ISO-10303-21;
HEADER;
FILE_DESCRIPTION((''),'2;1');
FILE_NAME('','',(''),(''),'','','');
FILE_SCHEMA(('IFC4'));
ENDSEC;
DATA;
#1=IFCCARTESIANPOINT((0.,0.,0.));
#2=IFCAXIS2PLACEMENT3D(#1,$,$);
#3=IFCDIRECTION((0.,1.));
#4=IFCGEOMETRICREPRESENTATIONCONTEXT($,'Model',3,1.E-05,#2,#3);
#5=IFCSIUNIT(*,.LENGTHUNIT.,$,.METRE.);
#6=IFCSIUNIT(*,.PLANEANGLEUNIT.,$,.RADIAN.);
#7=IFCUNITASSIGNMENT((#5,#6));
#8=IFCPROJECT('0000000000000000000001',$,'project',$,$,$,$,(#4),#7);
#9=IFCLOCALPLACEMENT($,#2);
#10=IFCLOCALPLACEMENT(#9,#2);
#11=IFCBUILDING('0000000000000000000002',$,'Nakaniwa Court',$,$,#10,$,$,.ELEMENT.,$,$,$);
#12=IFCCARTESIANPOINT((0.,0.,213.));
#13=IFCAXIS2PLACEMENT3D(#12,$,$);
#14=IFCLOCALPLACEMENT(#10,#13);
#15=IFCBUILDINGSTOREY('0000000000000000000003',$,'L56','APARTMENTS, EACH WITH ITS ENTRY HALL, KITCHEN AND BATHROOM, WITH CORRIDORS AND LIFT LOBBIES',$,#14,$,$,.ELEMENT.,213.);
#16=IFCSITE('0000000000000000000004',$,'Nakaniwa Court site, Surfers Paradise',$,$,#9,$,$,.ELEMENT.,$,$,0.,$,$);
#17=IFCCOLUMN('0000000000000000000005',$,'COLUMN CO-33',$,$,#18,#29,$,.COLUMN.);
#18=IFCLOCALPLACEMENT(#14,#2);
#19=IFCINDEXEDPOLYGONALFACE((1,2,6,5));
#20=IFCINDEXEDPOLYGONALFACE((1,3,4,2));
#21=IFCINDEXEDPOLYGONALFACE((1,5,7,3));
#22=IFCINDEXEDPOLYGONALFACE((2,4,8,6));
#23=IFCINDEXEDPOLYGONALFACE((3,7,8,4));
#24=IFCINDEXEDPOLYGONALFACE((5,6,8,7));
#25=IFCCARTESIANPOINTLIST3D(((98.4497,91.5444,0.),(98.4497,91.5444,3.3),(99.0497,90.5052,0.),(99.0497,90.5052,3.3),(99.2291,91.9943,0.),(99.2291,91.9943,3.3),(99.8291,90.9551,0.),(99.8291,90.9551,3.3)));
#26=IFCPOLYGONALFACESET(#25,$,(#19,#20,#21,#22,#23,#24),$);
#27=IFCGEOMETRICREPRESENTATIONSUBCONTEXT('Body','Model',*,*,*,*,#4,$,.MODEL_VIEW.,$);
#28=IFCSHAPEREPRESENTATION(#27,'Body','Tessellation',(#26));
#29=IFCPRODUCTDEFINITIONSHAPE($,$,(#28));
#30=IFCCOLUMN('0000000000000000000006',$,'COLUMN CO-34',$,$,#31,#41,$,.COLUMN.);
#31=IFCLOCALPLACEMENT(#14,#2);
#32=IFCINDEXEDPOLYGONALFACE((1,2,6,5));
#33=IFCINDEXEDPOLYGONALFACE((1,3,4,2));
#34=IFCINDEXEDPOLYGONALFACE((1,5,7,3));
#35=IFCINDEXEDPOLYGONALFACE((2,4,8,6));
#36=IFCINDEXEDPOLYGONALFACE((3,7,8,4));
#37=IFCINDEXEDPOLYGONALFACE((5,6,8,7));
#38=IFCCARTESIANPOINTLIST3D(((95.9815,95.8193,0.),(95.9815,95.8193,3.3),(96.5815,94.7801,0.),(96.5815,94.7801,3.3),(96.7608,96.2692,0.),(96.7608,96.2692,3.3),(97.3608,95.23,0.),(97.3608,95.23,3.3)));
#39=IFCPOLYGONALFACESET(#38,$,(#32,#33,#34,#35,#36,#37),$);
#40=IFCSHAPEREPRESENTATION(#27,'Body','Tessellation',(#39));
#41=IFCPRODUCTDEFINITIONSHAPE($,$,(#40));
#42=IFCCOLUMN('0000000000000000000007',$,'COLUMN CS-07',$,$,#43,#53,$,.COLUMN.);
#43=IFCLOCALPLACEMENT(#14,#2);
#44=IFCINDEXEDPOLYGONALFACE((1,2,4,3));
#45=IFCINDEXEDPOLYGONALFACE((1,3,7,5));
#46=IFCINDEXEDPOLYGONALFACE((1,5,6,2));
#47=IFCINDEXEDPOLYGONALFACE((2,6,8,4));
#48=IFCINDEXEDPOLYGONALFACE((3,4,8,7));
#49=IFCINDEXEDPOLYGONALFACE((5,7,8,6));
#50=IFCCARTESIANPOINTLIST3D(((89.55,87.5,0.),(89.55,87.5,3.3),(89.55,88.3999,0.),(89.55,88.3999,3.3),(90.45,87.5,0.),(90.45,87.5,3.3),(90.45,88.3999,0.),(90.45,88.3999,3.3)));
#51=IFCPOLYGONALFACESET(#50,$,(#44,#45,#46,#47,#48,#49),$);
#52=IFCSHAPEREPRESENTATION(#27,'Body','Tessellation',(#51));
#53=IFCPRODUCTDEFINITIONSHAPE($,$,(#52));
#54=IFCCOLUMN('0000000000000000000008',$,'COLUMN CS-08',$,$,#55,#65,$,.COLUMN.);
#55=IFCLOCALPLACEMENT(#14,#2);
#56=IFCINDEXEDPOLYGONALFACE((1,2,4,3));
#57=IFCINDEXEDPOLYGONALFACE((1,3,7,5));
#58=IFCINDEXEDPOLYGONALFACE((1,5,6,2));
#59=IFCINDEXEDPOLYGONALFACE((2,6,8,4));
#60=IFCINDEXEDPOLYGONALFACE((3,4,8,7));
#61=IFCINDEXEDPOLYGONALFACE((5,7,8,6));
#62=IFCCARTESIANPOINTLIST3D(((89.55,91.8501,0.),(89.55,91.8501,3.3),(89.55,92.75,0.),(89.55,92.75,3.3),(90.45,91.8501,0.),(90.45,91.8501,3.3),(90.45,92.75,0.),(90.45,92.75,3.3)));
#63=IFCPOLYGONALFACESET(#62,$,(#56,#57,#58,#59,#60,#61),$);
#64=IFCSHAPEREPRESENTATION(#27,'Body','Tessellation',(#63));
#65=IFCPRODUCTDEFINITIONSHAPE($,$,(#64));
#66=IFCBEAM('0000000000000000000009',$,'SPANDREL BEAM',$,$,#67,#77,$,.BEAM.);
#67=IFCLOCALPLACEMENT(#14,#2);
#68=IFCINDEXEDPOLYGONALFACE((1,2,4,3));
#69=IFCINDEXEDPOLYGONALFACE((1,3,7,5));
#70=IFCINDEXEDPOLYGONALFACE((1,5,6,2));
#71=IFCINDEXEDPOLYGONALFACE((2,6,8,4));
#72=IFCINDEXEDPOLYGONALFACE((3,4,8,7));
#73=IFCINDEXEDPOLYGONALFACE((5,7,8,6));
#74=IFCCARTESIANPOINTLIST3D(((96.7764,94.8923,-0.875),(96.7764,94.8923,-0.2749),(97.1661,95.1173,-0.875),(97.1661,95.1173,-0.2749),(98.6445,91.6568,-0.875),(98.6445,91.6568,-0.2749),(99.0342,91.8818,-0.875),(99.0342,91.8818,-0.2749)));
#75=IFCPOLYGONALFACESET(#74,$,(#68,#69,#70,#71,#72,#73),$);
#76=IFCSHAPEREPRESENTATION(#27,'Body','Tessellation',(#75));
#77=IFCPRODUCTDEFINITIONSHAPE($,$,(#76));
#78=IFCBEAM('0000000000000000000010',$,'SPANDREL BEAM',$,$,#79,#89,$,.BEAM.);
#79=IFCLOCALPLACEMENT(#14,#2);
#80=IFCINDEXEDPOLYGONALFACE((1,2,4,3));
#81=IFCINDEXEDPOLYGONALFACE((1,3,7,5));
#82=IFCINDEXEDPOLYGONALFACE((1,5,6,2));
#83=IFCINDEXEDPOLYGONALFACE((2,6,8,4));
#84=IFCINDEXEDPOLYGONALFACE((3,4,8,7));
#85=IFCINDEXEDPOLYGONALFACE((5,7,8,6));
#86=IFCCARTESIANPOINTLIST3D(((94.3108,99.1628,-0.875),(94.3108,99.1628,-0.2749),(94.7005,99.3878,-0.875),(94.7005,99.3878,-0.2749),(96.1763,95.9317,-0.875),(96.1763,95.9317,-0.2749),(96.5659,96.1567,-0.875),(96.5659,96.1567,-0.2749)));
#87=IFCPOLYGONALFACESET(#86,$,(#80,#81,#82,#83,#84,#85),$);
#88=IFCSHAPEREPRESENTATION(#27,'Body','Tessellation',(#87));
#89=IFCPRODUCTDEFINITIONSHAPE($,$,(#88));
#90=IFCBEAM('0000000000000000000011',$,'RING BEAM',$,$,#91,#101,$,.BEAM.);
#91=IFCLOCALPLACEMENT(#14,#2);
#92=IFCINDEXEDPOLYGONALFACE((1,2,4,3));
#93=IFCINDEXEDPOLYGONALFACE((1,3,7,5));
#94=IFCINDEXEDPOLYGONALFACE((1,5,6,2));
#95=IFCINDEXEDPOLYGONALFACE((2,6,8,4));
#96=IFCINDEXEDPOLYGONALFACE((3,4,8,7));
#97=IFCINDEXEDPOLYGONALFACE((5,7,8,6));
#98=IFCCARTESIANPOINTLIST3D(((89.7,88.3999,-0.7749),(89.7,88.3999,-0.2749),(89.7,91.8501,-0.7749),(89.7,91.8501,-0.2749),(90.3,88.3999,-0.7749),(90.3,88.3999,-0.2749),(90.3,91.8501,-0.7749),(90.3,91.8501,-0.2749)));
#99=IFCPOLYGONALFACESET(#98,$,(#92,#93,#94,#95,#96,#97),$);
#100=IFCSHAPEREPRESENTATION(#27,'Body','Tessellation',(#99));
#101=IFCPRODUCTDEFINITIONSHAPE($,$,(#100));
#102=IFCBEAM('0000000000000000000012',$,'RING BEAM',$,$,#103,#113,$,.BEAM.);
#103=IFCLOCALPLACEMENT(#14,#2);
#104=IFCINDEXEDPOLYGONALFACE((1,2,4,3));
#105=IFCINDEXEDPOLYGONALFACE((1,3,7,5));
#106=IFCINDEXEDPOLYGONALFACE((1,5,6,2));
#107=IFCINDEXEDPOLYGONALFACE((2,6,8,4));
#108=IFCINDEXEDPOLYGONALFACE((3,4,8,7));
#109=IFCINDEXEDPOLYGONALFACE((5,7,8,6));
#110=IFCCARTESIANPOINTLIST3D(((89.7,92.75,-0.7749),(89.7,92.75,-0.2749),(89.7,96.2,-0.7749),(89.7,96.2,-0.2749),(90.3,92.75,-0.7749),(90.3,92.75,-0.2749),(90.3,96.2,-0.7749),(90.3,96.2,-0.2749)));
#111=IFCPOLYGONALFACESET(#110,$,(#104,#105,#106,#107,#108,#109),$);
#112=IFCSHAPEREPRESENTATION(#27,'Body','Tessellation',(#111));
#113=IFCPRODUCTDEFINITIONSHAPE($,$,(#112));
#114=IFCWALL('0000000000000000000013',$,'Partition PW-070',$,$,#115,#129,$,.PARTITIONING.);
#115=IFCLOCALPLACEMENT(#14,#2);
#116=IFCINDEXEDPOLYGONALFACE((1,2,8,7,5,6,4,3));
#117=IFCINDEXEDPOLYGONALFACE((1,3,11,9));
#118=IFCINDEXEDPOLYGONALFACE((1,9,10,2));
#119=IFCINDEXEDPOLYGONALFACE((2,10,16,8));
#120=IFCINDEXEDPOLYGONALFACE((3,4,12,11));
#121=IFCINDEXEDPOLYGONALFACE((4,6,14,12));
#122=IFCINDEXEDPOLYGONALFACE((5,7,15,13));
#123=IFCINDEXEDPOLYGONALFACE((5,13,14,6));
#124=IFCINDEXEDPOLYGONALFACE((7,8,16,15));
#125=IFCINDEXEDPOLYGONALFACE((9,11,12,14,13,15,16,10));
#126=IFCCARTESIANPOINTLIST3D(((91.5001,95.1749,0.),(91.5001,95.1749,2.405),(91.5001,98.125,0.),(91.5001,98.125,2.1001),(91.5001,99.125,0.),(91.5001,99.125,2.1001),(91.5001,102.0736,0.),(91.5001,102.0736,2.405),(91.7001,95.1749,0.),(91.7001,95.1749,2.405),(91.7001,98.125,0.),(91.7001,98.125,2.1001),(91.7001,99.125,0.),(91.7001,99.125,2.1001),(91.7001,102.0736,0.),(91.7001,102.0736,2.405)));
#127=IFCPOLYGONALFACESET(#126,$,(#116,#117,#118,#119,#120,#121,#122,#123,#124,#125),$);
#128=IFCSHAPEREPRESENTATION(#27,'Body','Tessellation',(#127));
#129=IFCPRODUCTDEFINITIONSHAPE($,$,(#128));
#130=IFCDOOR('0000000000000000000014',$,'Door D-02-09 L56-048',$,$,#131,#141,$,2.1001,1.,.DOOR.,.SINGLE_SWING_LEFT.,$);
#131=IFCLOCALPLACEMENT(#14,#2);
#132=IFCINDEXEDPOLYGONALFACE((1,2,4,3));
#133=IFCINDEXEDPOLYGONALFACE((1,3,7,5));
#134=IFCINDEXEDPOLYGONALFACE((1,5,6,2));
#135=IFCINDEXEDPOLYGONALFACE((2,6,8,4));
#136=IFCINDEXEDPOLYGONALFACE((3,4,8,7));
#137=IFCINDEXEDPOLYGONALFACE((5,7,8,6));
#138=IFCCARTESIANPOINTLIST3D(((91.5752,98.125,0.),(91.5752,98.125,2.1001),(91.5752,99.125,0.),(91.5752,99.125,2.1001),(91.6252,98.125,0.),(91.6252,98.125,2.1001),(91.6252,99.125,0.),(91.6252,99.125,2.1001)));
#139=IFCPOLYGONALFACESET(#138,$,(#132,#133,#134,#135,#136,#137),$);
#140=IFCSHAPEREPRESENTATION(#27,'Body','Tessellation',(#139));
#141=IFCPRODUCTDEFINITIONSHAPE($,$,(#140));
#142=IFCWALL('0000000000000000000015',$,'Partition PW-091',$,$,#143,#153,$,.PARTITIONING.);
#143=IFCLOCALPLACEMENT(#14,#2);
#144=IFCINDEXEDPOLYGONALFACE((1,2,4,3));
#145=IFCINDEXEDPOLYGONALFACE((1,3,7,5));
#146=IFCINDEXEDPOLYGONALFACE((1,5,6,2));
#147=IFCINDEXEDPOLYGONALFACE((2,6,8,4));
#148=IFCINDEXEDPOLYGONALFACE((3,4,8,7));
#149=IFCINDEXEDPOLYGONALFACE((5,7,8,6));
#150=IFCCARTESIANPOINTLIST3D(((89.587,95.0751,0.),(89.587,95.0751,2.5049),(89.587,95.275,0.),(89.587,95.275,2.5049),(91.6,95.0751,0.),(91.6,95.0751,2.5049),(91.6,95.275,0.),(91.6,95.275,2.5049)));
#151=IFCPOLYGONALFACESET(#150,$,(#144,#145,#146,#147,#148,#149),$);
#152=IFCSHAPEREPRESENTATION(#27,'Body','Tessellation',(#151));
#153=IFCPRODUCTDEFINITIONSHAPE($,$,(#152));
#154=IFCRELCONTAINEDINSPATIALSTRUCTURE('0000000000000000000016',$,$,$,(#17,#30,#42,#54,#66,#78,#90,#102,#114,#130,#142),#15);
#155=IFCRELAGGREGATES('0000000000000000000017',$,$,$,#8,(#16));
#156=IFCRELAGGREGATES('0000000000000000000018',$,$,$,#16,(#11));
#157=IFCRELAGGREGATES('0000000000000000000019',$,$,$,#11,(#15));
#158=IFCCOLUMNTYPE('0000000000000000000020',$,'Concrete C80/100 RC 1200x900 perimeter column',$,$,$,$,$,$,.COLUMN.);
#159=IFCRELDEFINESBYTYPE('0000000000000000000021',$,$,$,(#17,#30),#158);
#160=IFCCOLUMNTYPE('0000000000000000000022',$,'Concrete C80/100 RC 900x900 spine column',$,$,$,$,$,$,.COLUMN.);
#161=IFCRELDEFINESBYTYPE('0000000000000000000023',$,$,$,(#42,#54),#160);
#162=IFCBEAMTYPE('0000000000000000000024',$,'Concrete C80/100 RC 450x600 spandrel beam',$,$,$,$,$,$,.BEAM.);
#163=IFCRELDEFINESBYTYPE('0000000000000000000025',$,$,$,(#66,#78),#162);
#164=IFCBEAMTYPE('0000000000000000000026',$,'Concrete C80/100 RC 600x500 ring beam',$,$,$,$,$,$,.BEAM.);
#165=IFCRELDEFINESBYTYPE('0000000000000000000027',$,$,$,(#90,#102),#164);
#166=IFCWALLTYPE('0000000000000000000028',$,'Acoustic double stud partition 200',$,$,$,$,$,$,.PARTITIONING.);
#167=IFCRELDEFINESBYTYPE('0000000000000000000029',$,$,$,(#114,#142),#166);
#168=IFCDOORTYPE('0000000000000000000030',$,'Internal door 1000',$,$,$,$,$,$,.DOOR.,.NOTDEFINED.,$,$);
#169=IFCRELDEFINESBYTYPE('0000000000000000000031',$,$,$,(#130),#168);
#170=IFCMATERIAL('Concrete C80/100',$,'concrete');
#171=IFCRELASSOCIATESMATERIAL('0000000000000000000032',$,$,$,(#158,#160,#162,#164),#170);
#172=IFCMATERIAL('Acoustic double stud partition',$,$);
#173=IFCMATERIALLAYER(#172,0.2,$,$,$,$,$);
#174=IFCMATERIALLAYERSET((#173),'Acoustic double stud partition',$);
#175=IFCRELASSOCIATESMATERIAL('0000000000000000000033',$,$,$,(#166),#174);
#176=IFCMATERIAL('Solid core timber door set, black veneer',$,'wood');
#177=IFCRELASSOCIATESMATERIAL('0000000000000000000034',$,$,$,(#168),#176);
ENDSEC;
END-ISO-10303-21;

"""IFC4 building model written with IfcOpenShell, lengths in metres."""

from ifc_helpers import new_model, si_unit, direction, frame, frame_2d, origin, origin_2d, place, context, subcontext, project, spatial, rectangle, extrude, material, layer, layer_set, material_profile, profile_set, type_object, element, fill, save


model = new_model("IFC4")

# Units and contexts
model_context = context("Model", 3, precision=1e-05, world=origin(), true_north=direction((0.0, 1.0)))
body_context = subcontext(model_context, "Body", "Model", "MODEL_VIEW")
ifc_project = project(units=[si_unit("LENGTHUNIT", "METRE"), si_unit("PLANEANGLEUNIT", "RADIAN")], contexts=[model_context])

# Site, building, storey
site_placement = place(None, origin())
site = spatial("IfcSite", under=ifc_project, at=site_placement, Name="Nakaniwa Court site, Surfers Paradise", CompositionType="ELEMENT", RefElevation=0.0)
building_placement = place(site_placement, origin())
building = spatial("IfcBuilding", under=site, at=building_placement, Name="Nakaniwa Court", CompositionType="ELEMENT")
storey_placement = place(building_placement, frame((0.0, 0.0, 213.0)))
storey = spatial("IfcBuildingStorey", under=building, at=storey_placement, Name="L56", Description="APARTMENTS, EACH WITH ITS ENTRY HALL, KITCHEN AND BATHROOM, WITH CORRIDORS AND LIFT LOBBIES", CompositionType="ELEMENT", Elevation=213.0)

# Columns
ifc_material_1 = material(Name="Concrete C80/100", Category="concrete")
ifc_material_profile_1 = material_profile(ifc_material_1, rectangle(XDim=1.2, YDim=0.8999, at=origin_2d()), Name="Concrete C80/100 RC 1200x900 perimeter column")
ifc_profile_set_1 = profile_set([ifc_material_profile_1], Name="Concrete C80/100")
column_type_1 = type_object("IfcColumnType", Name="Concrete C80/100 RC 1200x900 perimeter column", PredefinedType="COLUMN", material=ifc_profile_set_1)
for number, where, z_axis, x_axis, name in (
    (1, (99.1394, 91.2498, 0.0), (0.0, 0.0, 1.0), (-0.5, 0.866025, 0.0), "COLUMN CO-33"),
    (2, (96.6711, 95.5247, 0.0), (0.0, 0.0, 1.0), (-0.5, 0.866025, 0.0), "COLUMN CO-34"),
):
    element("IfcColumn", number, at=place(storey_placement, frame(where, z_axis=z_axis, x_axis=x_axis)), inside=storey, type_object=column_type_1, Name=name, PredefinedType="COLUMN", context=body_context, shape_type="SweptSolid", body=[
        extrude(rectangle(XDim=1.2, YDim=0.8999, at=origin_2d()), origin(), (0.0, 0.0, 1.0), 3.3),
    ])
ifc_material_profile_2 = material_profile(ifc_material_1, rectangle(XDim=0.8999, YDim=0.8999, at=origin_2d()), Name="Concrete C80/100 RC 900x900 spine column")
ifc_profile_set_2 = profile_set([ifc_material_profile_2], Name="Concrete C80/100")
column_type_2 = type_object("IfcColumnType", Name="Concrete C80/100 RC 900x900 spine column", PredefinedType="COLUMN", material=ifc_profile_set_2)
for number, where, z_axis, x_axis, name in (
    (3, (90.0, 87.95, 0.0), (0.0, 0.0, 1.0), (0.0, 1.0, 0.0), "COLUMN CS-07"),
    (4, (90.0, 92.3, 0.0), (0.0, 0.0, 1.0), (0.0, 1.0, 0.0), "COLUMN CS-08"),
):
    element("IfcColumn", number, at=place(storey_placement, frame(where, z_axis=z_axis, x_axis=x_axis)), inside=storey, type_object=column_type_2, Name=name, PredefinedType="COLUMN", context=body_context, shape_type="SweptSolid", body=[
        extrude(rectangle(XDim=0.8999, YDim=0.8999, at=origin_2d()), origin(), (0.0, 0.0, 1.0), 3.3),
    ])

# Beams
ifc_material_profile_3 = material_profile(ifc_material_1, rectangle(XDim=0.45, YDim=0.6001, at=origin_2d()), Name="Concrete C80/100 RC 450x600 spandrel beam")
ifc_profile_set_3 = profile_set([ifc_material_profile_3], Name="Concrete C80/100")
beam_type_1 = type_object("IfcBeamType", Name="Concrete C80/100 RC 450x600 spandrel beam", PredefinedType="BEAM", material=ifc_profile_set_3)
beam_1_placement = place(storey_placement, frame((98.8394, 91.7693, -0.575), z_axis=(-0.500018, 0.866015, 0.0), x_axis=(-0.866015, -0.500018, 0.0)))
element("IfcBeam", 5, at=beam_1_placement, inside=storey, type_object=beam_type_1, Name="SPANDREL BEAM", PredefinedType="BEAM", context=body_context, shape_type="SweptSolid", body=[
    extrude(rectangle(XDim=0.45, YDim=0.6001, at=origin_2d()), origin(), (0.0, 0.0, 1.0), 3.7361),
])
beam_2_placement = place(storey_placement, frame((96.3711, 96.0442, -0.575), z_axis=(-0.499989, 0.866032, 0.0), x_axis=(-0.866032, -0.499989, 0.0)))
element("IfcBeam", 6, at=beam_2_placement, inside=storey, type_object=beam_type_1, Name="SPANDREL BEAM", PredefinedType="BEAM", context=body_context, shape_type="SweptSolid", body=[
    extrude(rectangle(XDim=0.45, YDim=0.6001, at=origin_2d()), origin(), (0.0, 0.0, 1.0), 3.731),
])
ifc_material_profile_4 = material_profile(ifc_material_1, rectangle(XDim=0.6001, YDim=0.5, at=origin_2d()), Name="Concrete C80/100 RC 600x500 ring beam")
ifc_profile_set_4 = profile_set([ifc_material_profile_4], Name="Concrete C80/100")
beam_type_2 = type_object("IfcBeamType", Name="Concrete C80/100 RC 600x500 ring beam", PredefinedType="BEAM", material=ifc_profile_set_4)
beam_3_placement = place(storey_placement, frame((90.0, 88.3999, -0.5249), z_axis=(0.0, 1.0, 0.0), x_axis=(-1.0, 0.0, 0.0)))
element("IfcBeam", 7, at=beam_3_placement, inside=storey, type_object=beam_type_2, Name="RING BEAM", PredefinedType="BEAM", context=body_context, shape_type="SweptSolid", body=[
    extrude(rectangle(XDim=0.6001, YDim=0.5, at=origin_2d()), origin(), (0.0, 0.0, 1.0), 3.4502),
])
beam_4_placement = place(storey_placement, frame((90.0, 92.75, -0.5249), z_axis=(0.0, 1.0, 0.0), x_axis=(-1.0, 0.0, 0.0)))
element("IfcBeam", 8, at=beam_4_placement, inside=storey, type_object=beam_type_2, Name="RING BEAM", PredefinedType="BEAM", context=body_context, shape_type="SweptSolid", body=[
    extrude(rectangle(XDim=0.6001, YDim=0.5, at=origin_2d()), origin(), (0.0, 0.0, 1.0), 3.45),
])

# Wall, opening, door
ifc_material_2 = material(Name="Acoustic double stud partition")
ifc_layer_1 = layer(ifc_material_2, 0.2)
ifc_layer_set_1 = layer_set([ifc_layer_1], Name="Acoustic double stud partition")
wall_type_1 = type_object("IfcWallType", Name="Acoustic double stud partition 200", PredefinedType="PARTITIONING", material=ifc_layer_set_1)
wall_1_placement = place(storey_placement, frame((91.6001, 95.175, 0.0), z_axis=(0.0, 0.0, 1.0), x_axis=(0.0, 1.0, 0.0)))
wall_1 = element("IfcWall", 9, at=wall_1_placement, inside=storey, type_object=wall_type_1, Name="Partition PW-070", PredefinedType="PARTITIONING", context=body_context, shape_type="SweptSolid", body=[
    extrude(rectangle(XDim=6.8987, YDim=0.2, at=frame_2d((3.4492, 0.0))), origin(), (0.0, 0.0, 1.0), 2.405),
])
opening_1_placement = place(wall_1_placement, frame((2.95, 0.0, 0.0)))
opening_1 = element("IfcOpeningElement", 10, at=opening_1_placement, cuts=wall_1, PredefinedType="OPENING", context=body_context, shape_type="SweptSolid", body=[
    extrude(rectangle(XDim=1.0, YDim=2.1001, at=frame_2d((0.5, 1.05))), frame((0.0, 0.1099, 0.0), z_axis=(0.0, -1.0, 0.0), x_axis=(1.0, 0.0, 0.0)), (0.0, 0.0, 1.0), 0.22),
])
ifc_material_3 = material(Name="Solid core timber door set, black veneer", Category="wood")
door_type = type_object("IfcDoorType", Name="Internal door 1000", OperationType="NOTDEFINED", PredefinedType="DOOR", material=ifc_material_3)
door_placement = place(opening_1_placement, origin())
door = element("IfcDoor", 11, at=door_placement, inside=storey, type_object=door_type, Name="Door D-02-09 L56-048", OperationType="SINGLE_SWING_LEFT", OverallHeight=2.1001, OverallWidth=1.0, PredefinedType="DOOR", context=body_context, shape_type="SweptSolid", body=[
    extrude(rectangle(XDim=1.0, YDim=2.1001, at=frame_2d((0.5, 1.05))), frame((0.0, 0.0249, 0.0), z_axis=(0.0, -1.0, 0.0), x_axis=(1.0, 0.0, 0.0)), (0.0, 0.0, 1.0), 0.05),
])
fill(opening_1, door)

# Wall
wall_2_placement = place(storey_placement, frame((89.5872, 95.175, 0.0), z_axis=(0.0, 0.0, 1.0), x_axis=(1.0, 0.0, 0.0)))
element("IfcWall", 12, at=wall_2_placement, inside=storey, type_object=wall_type_1, Name="Partition PW-091", PredefinedType="PARTITIONING", context=body_context, shape_type="SweptSolid", body=[
    extrude(rectangle(XDim=2.0129, YDim=0.2, at=frame_2d((1.0063, 0.0))), origin(), (0.0, 0.0, 1.0), 2.5049),
])

save(model, "model.ifc")
